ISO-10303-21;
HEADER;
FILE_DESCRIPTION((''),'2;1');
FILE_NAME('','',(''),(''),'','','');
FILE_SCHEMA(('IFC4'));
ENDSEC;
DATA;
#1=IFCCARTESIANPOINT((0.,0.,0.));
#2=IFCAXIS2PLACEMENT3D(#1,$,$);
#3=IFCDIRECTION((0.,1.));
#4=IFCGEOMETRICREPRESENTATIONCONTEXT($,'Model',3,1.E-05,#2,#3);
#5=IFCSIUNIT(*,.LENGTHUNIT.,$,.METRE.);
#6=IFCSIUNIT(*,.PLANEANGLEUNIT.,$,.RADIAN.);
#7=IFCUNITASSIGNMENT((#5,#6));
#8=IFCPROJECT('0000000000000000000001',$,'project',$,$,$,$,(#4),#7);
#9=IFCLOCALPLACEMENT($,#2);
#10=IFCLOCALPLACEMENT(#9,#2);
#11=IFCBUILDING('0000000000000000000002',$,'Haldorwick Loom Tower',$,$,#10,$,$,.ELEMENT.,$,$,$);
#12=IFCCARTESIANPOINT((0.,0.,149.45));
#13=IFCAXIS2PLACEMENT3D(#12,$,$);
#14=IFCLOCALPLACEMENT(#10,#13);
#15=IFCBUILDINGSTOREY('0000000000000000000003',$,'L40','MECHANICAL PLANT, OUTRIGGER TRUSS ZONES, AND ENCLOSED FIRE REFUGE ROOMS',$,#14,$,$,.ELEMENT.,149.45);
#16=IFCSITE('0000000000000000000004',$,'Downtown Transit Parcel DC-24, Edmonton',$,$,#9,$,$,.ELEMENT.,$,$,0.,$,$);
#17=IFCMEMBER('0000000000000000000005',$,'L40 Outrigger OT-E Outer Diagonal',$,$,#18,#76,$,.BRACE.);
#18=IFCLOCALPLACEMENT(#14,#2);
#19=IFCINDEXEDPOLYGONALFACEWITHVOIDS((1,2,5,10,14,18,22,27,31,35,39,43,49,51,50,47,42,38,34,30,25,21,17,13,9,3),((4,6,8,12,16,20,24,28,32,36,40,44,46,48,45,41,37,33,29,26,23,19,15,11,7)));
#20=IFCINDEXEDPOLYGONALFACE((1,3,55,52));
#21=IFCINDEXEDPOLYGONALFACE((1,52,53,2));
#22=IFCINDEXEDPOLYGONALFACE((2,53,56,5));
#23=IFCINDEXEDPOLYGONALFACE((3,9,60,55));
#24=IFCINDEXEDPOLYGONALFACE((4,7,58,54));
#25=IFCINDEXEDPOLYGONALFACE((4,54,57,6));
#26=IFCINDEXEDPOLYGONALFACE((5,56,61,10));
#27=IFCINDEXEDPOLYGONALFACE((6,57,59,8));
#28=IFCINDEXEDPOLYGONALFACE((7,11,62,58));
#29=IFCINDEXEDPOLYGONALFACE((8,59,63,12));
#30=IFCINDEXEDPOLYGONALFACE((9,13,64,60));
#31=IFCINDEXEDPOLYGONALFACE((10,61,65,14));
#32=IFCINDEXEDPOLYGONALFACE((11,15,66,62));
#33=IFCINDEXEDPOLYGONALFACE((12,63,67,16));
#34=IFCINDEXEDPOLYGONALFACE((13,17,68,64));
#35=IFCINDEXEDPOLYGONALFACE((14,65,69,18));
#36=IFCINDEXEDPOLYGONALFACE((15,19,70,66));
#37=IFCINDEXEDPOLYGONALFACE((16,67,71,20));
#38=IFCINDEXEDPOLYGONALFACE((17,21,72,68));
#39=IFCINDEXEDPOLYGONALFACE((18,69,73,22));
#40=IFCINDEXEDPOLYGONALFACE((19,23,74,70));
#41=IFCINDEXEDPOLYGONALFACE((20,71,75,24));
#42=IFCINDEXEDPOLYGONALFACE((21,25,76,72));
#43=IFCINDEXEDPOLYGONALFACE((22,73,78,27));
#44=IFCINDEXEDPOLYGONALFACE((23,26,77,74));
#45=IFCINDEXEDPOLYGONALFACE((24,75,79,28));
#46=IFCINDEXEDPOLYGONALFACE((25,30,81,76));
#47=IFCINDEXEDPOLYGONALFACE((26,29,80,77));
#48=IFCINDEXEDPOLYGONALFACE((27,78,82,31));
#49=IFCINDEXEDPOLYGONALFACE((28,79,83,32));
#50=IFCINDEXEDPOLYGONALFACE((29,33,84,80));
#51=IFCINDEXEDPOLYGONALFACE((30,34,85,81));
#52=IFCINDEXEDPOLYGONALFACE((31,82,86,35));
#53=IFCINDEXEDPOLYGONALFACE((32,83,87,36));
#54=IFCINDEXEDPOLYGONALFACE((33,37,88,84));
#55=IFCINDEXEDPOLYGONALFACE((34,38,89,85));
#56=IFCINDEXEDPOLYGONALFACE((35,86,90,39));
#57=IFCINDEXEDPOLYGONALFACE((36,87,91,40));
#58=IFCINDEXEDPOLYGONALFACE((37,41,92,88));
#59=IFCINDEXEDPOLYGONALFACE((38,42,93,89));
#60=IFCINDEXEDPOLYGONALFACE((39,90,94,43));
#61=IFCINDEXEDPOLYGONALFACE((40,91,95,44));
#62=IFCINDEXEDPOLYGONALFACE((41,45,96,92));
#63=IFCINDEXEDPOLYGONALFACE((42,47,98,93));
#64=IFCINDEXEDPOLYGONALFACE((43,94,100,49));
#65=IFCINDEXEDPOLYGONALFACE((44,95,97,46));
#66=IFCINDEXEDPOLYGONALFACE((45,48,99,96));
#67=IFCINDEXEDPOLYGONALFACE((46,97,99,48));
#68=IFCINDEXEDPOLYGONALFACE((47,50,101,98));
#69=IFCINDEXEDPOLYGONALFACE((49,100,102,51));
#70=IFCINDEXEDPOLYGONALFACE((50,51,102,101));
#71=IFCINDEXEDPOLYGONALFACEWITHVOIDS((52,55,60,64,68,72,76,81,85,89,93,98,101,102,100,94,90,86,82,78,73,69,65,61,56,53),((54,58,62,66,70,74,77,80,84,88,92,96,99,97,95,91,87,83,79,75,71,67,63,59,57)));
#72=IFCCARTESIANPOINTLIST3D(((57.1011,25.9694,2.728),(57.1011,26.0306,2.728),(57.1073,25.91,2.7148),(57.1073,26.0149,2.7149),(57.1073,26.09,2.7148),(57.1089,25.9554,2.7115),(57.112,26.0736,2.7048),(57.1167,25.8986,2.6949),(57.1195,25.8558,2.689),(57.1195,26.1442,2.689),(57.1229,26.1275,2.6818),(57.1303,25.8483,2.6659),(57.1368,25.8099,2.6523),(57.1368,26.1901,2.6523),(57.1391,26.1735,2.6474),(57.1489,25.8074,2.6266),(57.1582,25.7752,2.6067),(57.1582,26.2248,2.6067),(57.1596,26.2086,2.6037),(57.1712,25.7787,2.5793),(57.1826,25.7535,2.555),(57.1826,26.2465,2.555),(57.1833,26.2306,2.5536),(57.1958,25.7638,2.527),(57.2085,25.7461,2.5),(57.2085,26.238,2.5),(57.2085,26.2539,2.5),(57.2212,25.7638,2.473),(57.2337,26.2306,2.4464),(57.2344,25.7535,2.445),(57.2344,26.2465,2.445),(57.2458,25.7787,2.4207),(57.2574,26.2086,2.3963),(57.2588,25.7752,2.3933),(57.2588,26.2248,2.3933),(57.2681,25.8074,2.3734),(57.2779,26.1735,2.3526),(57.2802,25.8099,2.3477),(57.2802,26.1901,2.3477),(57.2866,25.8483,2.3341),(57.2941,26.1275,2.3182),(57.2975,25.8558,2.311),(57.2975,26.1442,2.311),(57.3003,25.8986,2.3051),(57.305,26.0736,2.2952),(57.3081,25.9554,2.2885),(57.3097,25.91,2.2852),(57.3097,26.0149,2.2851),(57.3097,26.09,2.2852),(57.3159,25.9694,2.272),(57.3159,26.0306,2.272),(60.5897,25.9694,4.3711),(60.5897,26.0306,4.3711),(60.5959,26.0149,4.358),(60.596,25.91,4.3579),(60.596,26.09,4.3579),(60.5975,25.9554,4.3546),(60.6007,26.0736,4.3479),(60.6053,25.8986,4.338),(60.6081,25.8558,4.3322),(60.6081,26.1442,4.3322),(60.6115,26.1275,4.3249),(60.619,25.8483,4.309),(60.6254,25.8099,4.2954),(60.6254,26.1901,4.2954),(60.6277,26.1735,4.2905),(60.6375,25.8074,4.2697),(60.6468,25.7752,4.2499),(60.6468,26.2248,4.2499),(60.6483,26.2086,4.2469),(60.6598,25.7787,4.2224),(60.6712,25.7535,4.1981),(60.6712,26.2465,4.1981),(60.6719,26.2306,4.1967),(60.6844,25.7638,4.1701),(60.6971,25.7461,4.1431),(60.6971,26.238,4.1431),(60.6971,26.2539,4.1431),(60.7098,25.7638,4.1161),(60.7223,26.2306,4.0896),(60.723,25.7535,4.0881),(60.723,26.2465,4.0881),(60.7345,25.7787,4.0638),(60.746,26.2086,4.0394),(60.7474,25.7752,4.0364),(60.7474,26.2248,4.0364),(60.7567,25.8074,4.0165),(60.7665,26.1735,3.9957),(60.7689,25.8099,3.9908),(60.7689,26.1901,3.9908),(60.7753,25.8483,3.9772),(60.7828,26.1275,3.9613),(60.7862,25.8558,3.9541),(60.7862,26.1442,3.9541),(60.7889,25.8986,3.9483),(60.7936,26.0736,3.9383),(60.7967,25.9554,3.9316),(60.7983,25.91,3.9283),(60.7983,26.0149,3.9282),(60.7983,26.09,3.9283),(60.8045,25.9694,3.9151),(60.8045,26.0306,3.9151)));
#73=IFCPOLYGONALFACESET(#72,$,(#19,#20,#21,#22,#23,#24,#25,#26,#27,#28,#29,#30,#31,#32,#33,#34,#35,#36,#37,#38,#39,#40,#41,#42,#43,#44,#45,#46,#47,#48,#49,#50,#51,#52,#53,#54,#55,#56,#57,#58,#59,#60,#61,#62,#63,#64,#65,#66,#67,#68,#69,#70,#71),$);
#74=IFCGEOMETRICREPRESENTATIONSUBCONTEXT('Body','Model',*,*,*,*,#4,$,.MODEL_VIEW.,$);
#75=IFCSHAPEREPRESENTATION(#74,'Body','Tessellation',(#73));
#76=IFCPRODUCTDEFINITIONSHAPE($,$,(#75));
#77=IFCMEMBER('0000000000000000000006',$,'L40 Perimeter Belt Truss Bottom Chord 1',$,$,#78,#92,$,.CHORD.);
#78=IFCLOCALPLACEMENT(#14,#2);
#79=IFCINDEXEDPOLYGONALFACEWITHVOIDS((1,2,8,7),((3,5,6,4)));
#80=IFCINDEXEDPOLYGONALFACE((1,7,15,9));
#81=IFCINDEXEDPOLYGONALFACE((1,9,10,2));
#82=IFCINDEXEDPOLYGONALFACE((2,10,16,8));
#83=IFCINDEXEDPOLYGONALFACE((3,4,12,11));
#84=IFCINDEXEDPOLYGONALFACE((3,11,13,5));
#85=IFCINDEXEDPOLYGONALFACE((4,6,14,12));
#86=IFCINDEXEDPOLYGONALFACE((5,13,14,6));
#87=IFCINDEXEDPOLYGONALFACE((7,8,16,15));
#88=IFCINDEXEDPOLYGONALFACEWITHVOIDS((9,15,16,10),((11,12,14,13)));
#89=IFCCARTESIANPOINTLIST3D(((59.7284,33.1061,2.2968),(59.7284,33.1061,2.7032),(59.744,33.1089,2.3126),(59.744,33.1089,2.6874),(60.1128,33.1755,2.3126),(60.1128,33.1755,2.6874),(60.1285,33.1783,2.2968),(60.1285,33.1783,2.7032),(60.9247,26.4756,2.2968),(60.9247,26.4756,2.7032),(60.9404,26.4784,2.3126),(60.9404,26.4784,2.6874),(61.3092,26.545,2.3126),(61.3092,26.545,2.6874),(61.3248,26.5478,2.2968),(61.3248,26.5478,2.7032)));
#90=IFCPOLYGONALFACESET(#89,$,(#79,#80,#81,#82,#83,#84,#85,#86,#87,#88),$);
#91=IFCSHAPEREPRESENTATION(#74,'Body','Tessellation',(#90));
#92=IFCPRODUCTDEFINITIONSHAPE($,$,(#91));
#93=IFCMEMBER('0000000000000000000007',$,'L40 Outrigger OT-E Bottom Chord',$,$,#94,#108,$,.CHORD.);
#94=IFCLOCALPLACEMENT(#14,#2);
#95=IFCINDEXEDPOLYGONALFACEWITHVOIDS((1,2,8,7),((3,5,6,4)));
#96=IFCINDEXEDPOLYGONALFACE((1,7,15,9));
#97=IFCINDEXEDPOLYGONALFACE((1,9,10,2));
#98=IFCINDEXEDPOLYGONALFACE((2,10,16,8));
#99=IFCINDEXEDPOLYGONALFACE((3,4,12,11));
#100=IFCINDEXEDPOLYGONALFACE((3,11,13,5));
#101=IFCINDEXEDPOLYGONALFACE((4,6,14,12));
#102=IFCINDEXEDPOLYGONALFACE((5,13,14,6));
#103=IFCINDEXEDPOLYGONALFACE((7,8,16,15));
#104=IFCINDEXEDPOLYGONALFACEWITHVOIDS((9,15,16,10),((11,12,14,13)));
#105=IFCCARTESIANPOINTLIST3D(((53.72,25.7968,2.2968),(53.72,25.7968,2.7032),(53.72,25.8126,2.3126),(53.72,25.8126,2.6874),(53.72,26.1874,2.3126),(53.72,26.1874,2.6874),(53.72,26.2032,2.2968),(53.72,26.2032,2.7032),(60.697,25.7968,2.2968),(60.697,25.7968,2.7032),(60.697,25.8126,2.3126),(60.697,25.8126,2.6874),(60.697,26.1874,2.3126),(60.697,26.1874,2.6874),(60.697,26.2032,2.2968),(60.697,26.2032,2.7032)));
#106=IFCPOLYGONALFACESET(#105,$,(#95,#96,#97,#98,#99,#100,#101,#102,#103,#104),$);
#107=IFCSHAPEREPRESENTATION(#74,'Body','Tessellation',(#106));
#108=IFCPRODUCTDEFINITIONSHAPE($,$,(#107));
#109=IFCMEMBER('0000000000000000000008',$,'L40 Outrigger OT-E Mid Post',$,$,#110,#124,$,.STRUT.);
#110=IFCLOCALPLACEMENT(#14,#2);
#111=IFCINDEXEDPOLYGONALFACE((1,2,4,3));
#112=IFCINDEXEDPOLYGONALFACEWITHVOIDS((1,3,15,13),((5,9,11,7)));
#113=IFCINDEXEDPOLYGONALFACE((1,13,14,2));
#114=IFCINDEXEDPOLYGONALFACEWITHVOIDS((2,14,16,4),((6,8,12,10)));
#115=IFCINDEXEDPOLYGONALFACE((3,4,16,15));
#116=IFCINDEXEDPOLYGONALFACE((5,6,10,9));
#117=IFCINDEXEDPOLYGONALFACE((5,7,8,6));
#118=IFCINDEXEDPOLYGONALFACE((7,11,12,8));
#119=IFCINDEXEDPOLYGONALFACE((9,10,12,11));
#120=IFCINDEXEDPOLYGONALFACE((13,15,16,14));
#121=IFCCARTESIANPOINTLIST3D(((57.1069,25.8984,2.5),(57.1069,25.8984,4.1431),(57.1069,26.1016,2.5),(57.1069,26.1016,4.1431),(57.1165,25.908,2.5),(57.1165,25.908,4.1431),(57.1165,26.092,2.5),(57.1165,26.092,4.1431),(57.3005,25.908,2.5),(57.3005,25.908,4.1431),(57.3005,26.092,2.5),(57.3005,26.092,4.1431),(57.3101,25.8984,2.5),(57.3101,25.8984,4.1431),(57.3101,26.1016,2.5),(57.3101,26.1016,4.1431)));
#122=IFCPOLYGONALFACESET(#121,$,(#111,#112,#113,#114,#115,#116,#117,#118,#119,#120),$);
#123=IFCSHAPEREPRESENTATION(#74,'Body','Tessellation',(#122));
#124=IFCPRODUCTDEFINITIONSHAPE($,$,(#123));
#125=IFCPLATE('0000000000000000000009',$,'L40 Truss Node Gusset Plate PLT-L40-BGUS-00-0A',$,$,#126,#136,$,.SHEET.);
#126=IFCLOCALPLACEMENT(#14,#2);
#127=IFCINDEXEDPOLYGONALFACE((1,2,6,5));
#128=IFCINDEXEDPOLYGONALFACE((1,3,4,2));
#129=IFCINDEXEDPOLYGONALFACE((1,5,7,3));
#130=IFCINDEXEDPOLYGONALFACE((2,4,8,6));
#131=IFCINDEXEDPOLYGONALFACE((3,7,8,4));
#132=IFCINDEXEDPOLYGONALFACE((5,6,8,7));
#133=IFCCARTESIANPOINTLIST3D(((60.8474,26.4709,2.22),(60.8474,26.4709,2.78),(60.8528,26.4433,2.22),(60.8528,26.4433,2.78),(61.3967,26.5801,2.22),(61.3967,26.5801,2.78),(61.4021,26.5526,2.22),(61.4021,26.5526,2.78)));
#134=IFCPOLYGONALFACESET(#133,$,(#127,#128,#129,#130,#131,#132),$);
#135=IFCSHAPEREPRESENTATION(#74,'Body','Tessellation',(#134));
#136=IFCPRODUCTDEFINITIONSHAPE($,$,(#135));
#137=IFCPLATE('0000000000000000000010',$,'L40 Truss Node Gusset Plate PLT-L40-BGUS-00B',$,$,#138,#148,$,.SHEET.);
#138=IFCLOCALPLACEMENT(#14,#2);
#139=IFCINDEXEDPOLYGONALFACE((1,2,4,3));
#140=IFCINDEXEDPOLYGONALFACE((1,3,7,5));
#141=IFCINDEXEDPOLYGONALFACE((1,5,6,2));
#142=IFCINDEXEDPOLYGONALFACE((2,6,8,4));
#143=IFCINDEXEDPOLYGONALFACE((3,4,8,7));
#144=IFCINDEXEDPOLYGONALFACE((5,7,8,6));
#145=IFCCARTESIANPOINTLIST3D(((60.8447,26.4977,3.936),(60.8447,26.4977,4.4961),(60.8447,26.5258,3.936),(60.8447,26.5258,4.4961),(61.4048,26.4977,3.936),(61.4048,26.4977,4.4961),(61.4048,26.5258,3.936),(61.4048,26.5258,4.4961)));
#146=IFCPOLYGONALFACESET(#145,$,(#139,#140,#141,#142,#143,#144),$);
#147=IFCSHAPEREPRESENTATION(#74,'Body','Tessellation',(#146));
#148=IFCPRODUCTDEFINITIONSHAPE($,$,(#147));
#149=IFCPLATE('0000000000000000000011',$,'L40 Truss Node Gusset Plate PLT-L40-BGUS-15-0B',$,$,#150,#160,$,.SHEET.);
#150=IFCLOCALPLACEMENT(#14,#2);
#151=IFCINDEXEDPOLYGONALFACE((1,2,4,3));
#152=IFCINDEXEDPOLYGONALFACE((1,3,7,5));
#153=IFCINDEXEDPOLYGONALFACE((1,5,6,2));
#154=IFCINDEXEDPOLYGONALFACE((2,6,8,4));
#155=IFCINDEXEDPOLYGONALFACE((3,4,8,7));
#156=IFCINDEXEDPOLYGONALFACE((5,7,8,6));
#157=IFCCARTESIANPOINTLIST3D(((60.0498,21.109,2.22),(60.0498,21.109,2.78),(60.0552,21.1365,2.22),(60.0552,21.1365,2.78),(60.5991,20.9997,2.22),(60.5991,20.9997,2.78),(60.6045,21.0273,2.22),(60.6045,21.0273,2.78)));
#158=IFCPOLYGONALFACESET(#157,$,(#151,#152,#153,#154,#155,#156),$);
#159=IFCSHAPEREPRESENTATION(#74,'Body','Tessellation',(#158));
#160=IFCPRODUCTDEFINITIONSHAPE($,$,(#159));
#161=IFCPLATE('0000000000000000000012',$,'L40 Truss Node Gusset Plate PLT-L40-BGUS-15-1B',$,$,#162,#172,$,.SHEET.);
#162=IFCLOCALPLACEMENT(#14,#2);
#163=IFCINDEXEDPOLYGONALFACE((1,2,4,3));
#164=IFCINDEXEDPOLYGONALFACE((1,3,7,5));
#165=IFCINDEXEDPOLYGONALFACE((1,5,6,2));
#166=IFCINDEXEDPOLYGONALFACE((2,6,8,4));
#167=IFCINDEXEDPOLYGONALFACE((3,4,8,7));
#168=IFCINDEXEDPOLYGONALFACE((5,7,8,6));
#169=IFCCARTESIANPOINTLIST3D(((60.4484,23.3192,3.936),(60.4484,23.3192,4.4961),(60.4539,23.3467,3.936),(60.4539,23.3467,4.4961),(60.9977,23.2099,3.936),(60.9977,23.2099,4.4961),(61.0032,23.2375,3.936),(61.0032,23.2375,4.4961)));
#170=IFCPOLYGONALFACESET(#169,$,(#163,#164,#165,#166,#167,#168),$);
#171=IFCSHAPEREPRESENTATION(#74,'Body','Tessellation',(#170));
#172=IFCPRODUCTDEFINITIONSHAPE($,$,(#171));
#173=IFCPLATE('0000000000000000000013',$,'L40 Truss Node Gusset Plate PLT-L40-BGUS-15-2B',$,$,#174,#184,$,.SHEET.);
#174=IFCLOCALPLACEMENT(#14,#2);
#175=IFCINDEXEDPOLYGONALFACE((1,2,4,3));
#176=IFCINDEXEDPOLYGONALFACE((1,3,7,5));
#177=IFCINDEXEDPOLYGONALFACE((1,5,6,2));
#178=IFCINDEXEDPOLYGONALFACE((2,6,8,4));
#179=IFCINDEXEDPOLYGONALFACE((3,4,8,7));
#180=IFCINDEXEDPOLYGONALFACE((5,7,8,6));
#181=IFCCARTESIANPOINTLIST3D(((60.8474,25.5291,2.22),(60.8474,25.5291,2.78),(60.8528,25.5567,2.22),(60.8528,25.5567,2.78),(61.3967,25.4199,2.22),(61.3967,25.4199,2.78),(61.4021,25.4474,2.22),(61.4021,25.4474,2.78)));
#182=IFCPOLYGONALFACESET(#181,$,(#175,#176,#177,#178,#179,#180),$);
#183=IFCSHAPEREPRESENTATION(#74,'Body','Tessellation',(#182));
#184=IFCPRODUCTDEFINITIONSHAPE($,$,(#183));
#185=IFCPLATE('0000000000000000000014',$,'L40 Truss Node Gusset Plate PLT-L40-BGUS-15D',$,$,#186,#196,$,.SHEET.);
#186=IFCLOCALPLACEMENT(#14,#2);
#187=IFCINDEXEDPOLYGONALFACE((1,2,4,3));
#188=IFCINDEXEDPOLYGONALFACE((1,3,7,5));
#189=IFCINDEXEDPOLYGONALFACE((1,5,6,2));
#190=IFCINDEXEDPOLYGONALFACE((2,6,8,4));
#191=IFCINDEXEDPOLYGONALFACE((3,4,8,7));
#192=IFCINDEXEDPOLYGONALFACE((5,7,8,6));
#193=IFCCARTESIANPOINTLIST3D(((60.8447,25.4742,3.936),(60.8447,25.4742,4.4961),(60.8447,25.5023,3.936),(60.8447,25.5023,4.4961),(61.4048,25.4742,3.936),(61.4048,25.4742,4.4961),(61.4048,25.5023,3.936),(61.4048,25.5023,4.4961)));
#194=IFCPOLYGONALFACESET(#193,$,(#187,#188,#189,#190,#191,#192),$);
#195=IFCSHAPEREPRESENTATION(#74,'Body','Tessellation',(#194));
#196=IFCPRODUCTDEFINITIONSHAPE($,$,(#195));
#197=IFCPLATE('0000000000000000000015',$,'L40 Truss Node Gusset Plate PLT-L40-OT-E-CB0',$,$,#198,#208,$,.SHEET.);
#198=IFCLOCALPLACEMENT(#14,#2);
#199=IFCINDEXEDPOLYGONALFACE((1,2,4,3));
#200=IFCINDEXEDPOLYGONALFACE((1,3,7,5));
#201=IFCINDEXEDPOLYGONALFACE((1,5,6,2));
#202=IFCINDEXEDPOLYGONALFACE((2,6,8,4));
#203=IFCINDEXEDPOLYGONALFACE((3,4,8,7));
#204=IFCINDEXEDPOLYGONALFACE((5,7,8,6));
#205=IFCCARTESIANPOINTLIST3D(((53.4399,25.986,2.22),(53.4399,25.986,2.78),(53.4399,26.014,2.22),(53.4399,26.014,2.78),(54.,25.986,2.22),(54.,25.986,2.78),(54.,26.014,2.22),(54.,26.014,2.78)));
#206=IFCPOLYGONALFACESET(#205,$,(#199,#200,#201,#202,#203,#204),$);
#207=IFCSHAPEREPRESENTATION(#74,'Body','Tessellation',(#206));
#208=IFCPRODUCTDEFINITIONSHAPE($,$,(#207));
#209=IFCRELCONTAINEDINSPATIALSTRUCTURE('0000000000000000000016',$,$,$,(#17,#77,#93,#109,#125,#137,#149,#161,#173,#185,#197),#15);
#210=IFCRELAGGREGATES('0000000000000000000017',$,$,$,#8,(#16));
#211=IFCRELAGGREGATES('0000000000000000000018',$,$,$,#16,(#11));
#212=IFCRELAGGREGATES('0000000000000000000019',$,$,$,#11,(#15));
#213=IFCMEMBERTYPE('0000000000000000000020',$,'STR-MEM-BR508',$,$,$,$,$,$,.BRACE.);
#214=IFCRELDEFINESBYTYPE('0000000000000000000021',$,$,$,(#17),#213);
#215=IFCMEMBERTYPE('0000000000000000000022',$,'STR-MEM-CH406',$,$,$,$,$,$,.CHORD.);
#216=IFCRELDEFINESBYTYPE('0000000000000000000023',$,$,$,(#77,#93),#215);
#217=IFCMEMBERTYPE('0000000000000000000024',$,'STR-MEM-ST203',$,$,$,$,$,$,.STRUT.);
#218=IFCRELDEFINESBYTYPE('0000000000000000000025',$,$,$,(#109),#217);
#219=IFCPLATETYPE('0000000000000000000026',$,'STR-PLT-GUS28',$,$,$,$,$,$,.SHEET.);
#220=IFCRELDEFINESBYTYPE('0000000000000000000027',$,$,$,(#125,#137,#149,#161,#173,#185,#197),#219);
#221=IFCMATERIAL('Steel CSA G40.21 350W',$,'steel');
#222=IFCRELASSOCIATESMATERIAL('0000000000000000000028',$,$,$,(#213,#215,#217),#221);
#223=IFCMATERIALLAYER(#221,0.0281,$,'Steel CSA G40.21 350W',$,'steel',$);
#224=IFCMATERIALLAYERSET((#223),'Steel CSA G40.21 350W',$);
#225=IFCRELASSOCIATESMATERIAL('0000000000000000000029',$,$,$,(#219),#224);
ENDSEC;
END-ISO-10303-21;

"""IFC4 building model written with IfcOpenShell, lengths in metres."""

from ifc_helpers import new_model, si_unit, direction, frame, origin, origin_2d, place, context, subcontext, project, spatial, rectangle, hollow_rectangle, hollow_circle, extrude, material, layer, layer_set, material_profile, profile_set, type_object, element, save


model = new_model("IFC4")

# Units and contexts
model_context = context("Model", 3, precision=1e-05, world=origin(), true_north=direction((0.0, 1.0)))
body_context = subcontext(model_context, "Body", "Model", "MODEL_VIEW")
ifc_project = project(units=[si_unit("LENGTHUNIT", "METRE"), si_unit("PLANEANGLEUNIT", "RADIAN")], contexts=[model_context])

# Site, building, storey
site_placement = place(None, origin())
site = spatial("IfcSite", under=ifc_project, at=site_placement, Name="Downtown Transit Parcel DC-24, Edmonton", CompositionType="ELEMENT", RefElevation=0.0)
building_placement = place(site_placement, origin())
building = spatial("IfcBuilding", under=site, at=building_placement, Name="Haldorwick Loom Tower", CompositionType="ELEMENT")
storey_placement = place(building_placement, frame((0.0, 0.0, 149.45)))
storey = spatial("IfcBuildingStorey", under=building, at=storey_placement, Name="L40", Description="MECHANICAL PLANT, OUTRIGGER TRUSS ZONES, AND ENCLOSED FIRE REFUGE ROOMS", CompositionType="ELEMENT", Elevation=149.45)

# Shared definitions
ifc_material_1 = material(Name="Steel CSA G40.21 350W", Category="steel")

# Members
ifc_material_profile_1 = material_profile(ifc_material_1, hollow_circle(Radius=0.2539, WallThickness=0.0159, at=origin_2d()), Name="HSS508X16", Category="steel")
ifc_profile_set_1 = profile_set([ifc_material_profile_1], Name="Steel CSA G40.21 350W")
member_type_1 = type_object("IfcMemberType", Name="STR-MEM-BR508", PredefinedType="BRACE", material=ifc_profile_set_1)
for number, where, z_axis, x_axis, name in (
    (1, (57.2085, 26.0, 2.5), (0.904678, 0.0, 0.426096), (0.0, 1.0, 0.0), "L40 Outrigger OT-E Outer Diagonal"),
):
    element("IfcMember", number, at=place(storey_placement, frame(where, z_axis=z_axis, x_axis=x_axis)), inside=storey, type_object=member_type_1, Name=name, PredefinedType="BRACE", context=body_context, shape_type="SweptSolid", body=[
        extrude(hollow_circle(Radius=0.2539, WallThickness=0.0159, at=origin_2d()), origin(), (0.0, 0.0, 1.0), 3.8562),
    ])
ifc_material_profile_2 = material_profile(ifc_material_1, hollow_rectangle(XDim=0.4065, YDim=0.4065, WallThickness=0.0159, at=origin_2d()), Name="HSS406X406X16", Category="steel")
ifc_profile_set_2 = profile_set([ifc_material_profile_2], Name="Steel CSA G40.21 350W")
member_type_2 = type_object("IfcMemberType", Name="STR-MEM-CH406", PredefinedType="CHORD", material=ifc_profile_set_2)
member_1_placement = place(storey_placement, frame((61.1248, 26.5117, 2.5), z_axis=(-0.177559, 0.98411, 0.0), x_axis=(-0.98411, -0.177559, 0.0)))
element("IfcMember", 2, at=member_1_placement, inside=storey, type_object=member_type_2, Name="L40 Perimeter Belt Truss Bottom Chord 1", PredefinedType="CHORD", context=body_context, shape_type="SweptSolid", body=[
    extrude(hollow_rectangle(XDim=0.4065, YDim=0.4065, WallThickness=0.0159, at=origin_2d()), origin(), (0.0, 0.0, 1.0), 6.7375),
])
member_2_placement = place(storey_placement, frame((53.72, 26.0, 2.5), z_axis=(1.0, 0.0, 0.0), x_axis=(0.0, 1.0, 0.0)))
element("IfcMember", 3, at=member_2_placement, inside=storey, type_object=member_type_2, Name="L40 Outrigger OT-E Bottom Chord", PredefinedType="CHORD", context=body_context, shape_type="SweptSolid", body=[
    extrude(hollow_rectangle(XDim=0.4065, YDim=0.4065, WallThickness=0.0159, at=origin_2d()), origin(), (0.0, 0.0, 1.0), 6.9771),
])
ifc_material_profile_3 = material_profile(ifc_material_1, hollow_rectangle(XDim=0.2031, YDim=0.2031, WallThickness=0.0095, at=origin_2d()), Name="HSS203X203X10", Category="steel")
ifc_profile_set_3 = profile_set([ifc_material_profile_3], Name="Steel CSA G40.21 350W")
member_type_3 = type_object("IfcMemberType", Name="STR-MEM-ST203", PredefinedType="STRUT", material=ifc_profile_set_3)
member_3_placement = place(storey_placement, frame((57.2085, 26.0, 2.5), z_axis=(0.0, 0.0, 1.0), x_axis=(1.0, 0.0, 0.0)))
element("IfcMember", 4, at=member_3_placement, inside=storey, type_object=member_type_3, Name="L40 Outrigger OT-E Mid Post", PredefinedType="STRUT", context=body_context, shape_type="SweptSolid", body=[
    extrude(hollow_rectangle(XDim=0.2031, YDim=0.2031, WallThickness=0.0095, at=origin_2d()), origin(), (0.0, 0.0, 1.0), 1.6431),
])

# Plates
ifc_layer_1 = layer(ifc_material_1, 0.0281, Name="Steel CSA G40.21 350W", Category="steel")
ifc_layer_set_1 = layer_set([ifc_layer_1], Name="Steel CSA G40.21 350W")
plate_type = type_object("IfcPlateType", Name="STR-PLT-GUS28", PredefinedType="SHEET", material=ifc_layer_set_1)
for number, where, z_axis, x_axis, name in (
    (5, (61.1248, 26.5117, 2.22), (0.0, 0.0, 1.0), (0.980785, 0.19509, 0.0), "L40 Truss Node Gusset Plate PLT-L40-BGUS-00-0A"),
    (6, (61.1248, 26.5117, 3.936), (0.0, 0.0, 1.0), (1.0, 0.0, 0.0), "L40 Truss Node Gusset Plate PLT-L40-BGUS-00B"),
    (7, (60.3271, 21.0681, 2.22), (0.0, 0.0, 1.0), (-0.980785, 0.19509, 0.0), "L40 Truss Node Gusset Plate PLT-L40-BGUS-15-0B"),
    (8, (60.7258, 23.2783, 3.936), (0.0, 0.0, 1.0), (-0.980785, 0.19509, 0.0), "L40 Truss Node Gusset Plate PLT-L40-BGUS-15-1B"),
    (9, (61.1248, 25.4883, 2.22), (0.0, 0.0, 1.0), (-0.980785, 0.19509, 0.0), "L40 Truss Node Gusset Plate PLT-L40-BGUS-15-2B"),
    (10, (61.1248, 25.4883, 3.936), (0.0, 0.0, 1.0), (1.0, 0.0, 0.0), "L40 Truss Node Gusset Plate PLT-L40-BGUS-15D"),
    (11, (53.72, 26.0, 2.22), (0.0, 0.0, 1.0), (1.0, 0.0, 0.0), "L40 Truss Node Gusset Plate PLT-L40-OT-E-CB0"),
):
    element("IfcPlate", number, at=place(storey_placement, frame(where, z_axis=z_axis, x_axis=x_axis)), inside=storey, type_object=plate_type, Name=name, PredefinedType="SHEET", context=body_context, shape_type="SweptSolid", body=[
        extrude(rectangle(XDim=0.5601, YDim=0.0281, at=origin_2d()), origin(), (0.0, 0.0, 1.0), 0.5601),
    ])

save(model, "model.ifc")
